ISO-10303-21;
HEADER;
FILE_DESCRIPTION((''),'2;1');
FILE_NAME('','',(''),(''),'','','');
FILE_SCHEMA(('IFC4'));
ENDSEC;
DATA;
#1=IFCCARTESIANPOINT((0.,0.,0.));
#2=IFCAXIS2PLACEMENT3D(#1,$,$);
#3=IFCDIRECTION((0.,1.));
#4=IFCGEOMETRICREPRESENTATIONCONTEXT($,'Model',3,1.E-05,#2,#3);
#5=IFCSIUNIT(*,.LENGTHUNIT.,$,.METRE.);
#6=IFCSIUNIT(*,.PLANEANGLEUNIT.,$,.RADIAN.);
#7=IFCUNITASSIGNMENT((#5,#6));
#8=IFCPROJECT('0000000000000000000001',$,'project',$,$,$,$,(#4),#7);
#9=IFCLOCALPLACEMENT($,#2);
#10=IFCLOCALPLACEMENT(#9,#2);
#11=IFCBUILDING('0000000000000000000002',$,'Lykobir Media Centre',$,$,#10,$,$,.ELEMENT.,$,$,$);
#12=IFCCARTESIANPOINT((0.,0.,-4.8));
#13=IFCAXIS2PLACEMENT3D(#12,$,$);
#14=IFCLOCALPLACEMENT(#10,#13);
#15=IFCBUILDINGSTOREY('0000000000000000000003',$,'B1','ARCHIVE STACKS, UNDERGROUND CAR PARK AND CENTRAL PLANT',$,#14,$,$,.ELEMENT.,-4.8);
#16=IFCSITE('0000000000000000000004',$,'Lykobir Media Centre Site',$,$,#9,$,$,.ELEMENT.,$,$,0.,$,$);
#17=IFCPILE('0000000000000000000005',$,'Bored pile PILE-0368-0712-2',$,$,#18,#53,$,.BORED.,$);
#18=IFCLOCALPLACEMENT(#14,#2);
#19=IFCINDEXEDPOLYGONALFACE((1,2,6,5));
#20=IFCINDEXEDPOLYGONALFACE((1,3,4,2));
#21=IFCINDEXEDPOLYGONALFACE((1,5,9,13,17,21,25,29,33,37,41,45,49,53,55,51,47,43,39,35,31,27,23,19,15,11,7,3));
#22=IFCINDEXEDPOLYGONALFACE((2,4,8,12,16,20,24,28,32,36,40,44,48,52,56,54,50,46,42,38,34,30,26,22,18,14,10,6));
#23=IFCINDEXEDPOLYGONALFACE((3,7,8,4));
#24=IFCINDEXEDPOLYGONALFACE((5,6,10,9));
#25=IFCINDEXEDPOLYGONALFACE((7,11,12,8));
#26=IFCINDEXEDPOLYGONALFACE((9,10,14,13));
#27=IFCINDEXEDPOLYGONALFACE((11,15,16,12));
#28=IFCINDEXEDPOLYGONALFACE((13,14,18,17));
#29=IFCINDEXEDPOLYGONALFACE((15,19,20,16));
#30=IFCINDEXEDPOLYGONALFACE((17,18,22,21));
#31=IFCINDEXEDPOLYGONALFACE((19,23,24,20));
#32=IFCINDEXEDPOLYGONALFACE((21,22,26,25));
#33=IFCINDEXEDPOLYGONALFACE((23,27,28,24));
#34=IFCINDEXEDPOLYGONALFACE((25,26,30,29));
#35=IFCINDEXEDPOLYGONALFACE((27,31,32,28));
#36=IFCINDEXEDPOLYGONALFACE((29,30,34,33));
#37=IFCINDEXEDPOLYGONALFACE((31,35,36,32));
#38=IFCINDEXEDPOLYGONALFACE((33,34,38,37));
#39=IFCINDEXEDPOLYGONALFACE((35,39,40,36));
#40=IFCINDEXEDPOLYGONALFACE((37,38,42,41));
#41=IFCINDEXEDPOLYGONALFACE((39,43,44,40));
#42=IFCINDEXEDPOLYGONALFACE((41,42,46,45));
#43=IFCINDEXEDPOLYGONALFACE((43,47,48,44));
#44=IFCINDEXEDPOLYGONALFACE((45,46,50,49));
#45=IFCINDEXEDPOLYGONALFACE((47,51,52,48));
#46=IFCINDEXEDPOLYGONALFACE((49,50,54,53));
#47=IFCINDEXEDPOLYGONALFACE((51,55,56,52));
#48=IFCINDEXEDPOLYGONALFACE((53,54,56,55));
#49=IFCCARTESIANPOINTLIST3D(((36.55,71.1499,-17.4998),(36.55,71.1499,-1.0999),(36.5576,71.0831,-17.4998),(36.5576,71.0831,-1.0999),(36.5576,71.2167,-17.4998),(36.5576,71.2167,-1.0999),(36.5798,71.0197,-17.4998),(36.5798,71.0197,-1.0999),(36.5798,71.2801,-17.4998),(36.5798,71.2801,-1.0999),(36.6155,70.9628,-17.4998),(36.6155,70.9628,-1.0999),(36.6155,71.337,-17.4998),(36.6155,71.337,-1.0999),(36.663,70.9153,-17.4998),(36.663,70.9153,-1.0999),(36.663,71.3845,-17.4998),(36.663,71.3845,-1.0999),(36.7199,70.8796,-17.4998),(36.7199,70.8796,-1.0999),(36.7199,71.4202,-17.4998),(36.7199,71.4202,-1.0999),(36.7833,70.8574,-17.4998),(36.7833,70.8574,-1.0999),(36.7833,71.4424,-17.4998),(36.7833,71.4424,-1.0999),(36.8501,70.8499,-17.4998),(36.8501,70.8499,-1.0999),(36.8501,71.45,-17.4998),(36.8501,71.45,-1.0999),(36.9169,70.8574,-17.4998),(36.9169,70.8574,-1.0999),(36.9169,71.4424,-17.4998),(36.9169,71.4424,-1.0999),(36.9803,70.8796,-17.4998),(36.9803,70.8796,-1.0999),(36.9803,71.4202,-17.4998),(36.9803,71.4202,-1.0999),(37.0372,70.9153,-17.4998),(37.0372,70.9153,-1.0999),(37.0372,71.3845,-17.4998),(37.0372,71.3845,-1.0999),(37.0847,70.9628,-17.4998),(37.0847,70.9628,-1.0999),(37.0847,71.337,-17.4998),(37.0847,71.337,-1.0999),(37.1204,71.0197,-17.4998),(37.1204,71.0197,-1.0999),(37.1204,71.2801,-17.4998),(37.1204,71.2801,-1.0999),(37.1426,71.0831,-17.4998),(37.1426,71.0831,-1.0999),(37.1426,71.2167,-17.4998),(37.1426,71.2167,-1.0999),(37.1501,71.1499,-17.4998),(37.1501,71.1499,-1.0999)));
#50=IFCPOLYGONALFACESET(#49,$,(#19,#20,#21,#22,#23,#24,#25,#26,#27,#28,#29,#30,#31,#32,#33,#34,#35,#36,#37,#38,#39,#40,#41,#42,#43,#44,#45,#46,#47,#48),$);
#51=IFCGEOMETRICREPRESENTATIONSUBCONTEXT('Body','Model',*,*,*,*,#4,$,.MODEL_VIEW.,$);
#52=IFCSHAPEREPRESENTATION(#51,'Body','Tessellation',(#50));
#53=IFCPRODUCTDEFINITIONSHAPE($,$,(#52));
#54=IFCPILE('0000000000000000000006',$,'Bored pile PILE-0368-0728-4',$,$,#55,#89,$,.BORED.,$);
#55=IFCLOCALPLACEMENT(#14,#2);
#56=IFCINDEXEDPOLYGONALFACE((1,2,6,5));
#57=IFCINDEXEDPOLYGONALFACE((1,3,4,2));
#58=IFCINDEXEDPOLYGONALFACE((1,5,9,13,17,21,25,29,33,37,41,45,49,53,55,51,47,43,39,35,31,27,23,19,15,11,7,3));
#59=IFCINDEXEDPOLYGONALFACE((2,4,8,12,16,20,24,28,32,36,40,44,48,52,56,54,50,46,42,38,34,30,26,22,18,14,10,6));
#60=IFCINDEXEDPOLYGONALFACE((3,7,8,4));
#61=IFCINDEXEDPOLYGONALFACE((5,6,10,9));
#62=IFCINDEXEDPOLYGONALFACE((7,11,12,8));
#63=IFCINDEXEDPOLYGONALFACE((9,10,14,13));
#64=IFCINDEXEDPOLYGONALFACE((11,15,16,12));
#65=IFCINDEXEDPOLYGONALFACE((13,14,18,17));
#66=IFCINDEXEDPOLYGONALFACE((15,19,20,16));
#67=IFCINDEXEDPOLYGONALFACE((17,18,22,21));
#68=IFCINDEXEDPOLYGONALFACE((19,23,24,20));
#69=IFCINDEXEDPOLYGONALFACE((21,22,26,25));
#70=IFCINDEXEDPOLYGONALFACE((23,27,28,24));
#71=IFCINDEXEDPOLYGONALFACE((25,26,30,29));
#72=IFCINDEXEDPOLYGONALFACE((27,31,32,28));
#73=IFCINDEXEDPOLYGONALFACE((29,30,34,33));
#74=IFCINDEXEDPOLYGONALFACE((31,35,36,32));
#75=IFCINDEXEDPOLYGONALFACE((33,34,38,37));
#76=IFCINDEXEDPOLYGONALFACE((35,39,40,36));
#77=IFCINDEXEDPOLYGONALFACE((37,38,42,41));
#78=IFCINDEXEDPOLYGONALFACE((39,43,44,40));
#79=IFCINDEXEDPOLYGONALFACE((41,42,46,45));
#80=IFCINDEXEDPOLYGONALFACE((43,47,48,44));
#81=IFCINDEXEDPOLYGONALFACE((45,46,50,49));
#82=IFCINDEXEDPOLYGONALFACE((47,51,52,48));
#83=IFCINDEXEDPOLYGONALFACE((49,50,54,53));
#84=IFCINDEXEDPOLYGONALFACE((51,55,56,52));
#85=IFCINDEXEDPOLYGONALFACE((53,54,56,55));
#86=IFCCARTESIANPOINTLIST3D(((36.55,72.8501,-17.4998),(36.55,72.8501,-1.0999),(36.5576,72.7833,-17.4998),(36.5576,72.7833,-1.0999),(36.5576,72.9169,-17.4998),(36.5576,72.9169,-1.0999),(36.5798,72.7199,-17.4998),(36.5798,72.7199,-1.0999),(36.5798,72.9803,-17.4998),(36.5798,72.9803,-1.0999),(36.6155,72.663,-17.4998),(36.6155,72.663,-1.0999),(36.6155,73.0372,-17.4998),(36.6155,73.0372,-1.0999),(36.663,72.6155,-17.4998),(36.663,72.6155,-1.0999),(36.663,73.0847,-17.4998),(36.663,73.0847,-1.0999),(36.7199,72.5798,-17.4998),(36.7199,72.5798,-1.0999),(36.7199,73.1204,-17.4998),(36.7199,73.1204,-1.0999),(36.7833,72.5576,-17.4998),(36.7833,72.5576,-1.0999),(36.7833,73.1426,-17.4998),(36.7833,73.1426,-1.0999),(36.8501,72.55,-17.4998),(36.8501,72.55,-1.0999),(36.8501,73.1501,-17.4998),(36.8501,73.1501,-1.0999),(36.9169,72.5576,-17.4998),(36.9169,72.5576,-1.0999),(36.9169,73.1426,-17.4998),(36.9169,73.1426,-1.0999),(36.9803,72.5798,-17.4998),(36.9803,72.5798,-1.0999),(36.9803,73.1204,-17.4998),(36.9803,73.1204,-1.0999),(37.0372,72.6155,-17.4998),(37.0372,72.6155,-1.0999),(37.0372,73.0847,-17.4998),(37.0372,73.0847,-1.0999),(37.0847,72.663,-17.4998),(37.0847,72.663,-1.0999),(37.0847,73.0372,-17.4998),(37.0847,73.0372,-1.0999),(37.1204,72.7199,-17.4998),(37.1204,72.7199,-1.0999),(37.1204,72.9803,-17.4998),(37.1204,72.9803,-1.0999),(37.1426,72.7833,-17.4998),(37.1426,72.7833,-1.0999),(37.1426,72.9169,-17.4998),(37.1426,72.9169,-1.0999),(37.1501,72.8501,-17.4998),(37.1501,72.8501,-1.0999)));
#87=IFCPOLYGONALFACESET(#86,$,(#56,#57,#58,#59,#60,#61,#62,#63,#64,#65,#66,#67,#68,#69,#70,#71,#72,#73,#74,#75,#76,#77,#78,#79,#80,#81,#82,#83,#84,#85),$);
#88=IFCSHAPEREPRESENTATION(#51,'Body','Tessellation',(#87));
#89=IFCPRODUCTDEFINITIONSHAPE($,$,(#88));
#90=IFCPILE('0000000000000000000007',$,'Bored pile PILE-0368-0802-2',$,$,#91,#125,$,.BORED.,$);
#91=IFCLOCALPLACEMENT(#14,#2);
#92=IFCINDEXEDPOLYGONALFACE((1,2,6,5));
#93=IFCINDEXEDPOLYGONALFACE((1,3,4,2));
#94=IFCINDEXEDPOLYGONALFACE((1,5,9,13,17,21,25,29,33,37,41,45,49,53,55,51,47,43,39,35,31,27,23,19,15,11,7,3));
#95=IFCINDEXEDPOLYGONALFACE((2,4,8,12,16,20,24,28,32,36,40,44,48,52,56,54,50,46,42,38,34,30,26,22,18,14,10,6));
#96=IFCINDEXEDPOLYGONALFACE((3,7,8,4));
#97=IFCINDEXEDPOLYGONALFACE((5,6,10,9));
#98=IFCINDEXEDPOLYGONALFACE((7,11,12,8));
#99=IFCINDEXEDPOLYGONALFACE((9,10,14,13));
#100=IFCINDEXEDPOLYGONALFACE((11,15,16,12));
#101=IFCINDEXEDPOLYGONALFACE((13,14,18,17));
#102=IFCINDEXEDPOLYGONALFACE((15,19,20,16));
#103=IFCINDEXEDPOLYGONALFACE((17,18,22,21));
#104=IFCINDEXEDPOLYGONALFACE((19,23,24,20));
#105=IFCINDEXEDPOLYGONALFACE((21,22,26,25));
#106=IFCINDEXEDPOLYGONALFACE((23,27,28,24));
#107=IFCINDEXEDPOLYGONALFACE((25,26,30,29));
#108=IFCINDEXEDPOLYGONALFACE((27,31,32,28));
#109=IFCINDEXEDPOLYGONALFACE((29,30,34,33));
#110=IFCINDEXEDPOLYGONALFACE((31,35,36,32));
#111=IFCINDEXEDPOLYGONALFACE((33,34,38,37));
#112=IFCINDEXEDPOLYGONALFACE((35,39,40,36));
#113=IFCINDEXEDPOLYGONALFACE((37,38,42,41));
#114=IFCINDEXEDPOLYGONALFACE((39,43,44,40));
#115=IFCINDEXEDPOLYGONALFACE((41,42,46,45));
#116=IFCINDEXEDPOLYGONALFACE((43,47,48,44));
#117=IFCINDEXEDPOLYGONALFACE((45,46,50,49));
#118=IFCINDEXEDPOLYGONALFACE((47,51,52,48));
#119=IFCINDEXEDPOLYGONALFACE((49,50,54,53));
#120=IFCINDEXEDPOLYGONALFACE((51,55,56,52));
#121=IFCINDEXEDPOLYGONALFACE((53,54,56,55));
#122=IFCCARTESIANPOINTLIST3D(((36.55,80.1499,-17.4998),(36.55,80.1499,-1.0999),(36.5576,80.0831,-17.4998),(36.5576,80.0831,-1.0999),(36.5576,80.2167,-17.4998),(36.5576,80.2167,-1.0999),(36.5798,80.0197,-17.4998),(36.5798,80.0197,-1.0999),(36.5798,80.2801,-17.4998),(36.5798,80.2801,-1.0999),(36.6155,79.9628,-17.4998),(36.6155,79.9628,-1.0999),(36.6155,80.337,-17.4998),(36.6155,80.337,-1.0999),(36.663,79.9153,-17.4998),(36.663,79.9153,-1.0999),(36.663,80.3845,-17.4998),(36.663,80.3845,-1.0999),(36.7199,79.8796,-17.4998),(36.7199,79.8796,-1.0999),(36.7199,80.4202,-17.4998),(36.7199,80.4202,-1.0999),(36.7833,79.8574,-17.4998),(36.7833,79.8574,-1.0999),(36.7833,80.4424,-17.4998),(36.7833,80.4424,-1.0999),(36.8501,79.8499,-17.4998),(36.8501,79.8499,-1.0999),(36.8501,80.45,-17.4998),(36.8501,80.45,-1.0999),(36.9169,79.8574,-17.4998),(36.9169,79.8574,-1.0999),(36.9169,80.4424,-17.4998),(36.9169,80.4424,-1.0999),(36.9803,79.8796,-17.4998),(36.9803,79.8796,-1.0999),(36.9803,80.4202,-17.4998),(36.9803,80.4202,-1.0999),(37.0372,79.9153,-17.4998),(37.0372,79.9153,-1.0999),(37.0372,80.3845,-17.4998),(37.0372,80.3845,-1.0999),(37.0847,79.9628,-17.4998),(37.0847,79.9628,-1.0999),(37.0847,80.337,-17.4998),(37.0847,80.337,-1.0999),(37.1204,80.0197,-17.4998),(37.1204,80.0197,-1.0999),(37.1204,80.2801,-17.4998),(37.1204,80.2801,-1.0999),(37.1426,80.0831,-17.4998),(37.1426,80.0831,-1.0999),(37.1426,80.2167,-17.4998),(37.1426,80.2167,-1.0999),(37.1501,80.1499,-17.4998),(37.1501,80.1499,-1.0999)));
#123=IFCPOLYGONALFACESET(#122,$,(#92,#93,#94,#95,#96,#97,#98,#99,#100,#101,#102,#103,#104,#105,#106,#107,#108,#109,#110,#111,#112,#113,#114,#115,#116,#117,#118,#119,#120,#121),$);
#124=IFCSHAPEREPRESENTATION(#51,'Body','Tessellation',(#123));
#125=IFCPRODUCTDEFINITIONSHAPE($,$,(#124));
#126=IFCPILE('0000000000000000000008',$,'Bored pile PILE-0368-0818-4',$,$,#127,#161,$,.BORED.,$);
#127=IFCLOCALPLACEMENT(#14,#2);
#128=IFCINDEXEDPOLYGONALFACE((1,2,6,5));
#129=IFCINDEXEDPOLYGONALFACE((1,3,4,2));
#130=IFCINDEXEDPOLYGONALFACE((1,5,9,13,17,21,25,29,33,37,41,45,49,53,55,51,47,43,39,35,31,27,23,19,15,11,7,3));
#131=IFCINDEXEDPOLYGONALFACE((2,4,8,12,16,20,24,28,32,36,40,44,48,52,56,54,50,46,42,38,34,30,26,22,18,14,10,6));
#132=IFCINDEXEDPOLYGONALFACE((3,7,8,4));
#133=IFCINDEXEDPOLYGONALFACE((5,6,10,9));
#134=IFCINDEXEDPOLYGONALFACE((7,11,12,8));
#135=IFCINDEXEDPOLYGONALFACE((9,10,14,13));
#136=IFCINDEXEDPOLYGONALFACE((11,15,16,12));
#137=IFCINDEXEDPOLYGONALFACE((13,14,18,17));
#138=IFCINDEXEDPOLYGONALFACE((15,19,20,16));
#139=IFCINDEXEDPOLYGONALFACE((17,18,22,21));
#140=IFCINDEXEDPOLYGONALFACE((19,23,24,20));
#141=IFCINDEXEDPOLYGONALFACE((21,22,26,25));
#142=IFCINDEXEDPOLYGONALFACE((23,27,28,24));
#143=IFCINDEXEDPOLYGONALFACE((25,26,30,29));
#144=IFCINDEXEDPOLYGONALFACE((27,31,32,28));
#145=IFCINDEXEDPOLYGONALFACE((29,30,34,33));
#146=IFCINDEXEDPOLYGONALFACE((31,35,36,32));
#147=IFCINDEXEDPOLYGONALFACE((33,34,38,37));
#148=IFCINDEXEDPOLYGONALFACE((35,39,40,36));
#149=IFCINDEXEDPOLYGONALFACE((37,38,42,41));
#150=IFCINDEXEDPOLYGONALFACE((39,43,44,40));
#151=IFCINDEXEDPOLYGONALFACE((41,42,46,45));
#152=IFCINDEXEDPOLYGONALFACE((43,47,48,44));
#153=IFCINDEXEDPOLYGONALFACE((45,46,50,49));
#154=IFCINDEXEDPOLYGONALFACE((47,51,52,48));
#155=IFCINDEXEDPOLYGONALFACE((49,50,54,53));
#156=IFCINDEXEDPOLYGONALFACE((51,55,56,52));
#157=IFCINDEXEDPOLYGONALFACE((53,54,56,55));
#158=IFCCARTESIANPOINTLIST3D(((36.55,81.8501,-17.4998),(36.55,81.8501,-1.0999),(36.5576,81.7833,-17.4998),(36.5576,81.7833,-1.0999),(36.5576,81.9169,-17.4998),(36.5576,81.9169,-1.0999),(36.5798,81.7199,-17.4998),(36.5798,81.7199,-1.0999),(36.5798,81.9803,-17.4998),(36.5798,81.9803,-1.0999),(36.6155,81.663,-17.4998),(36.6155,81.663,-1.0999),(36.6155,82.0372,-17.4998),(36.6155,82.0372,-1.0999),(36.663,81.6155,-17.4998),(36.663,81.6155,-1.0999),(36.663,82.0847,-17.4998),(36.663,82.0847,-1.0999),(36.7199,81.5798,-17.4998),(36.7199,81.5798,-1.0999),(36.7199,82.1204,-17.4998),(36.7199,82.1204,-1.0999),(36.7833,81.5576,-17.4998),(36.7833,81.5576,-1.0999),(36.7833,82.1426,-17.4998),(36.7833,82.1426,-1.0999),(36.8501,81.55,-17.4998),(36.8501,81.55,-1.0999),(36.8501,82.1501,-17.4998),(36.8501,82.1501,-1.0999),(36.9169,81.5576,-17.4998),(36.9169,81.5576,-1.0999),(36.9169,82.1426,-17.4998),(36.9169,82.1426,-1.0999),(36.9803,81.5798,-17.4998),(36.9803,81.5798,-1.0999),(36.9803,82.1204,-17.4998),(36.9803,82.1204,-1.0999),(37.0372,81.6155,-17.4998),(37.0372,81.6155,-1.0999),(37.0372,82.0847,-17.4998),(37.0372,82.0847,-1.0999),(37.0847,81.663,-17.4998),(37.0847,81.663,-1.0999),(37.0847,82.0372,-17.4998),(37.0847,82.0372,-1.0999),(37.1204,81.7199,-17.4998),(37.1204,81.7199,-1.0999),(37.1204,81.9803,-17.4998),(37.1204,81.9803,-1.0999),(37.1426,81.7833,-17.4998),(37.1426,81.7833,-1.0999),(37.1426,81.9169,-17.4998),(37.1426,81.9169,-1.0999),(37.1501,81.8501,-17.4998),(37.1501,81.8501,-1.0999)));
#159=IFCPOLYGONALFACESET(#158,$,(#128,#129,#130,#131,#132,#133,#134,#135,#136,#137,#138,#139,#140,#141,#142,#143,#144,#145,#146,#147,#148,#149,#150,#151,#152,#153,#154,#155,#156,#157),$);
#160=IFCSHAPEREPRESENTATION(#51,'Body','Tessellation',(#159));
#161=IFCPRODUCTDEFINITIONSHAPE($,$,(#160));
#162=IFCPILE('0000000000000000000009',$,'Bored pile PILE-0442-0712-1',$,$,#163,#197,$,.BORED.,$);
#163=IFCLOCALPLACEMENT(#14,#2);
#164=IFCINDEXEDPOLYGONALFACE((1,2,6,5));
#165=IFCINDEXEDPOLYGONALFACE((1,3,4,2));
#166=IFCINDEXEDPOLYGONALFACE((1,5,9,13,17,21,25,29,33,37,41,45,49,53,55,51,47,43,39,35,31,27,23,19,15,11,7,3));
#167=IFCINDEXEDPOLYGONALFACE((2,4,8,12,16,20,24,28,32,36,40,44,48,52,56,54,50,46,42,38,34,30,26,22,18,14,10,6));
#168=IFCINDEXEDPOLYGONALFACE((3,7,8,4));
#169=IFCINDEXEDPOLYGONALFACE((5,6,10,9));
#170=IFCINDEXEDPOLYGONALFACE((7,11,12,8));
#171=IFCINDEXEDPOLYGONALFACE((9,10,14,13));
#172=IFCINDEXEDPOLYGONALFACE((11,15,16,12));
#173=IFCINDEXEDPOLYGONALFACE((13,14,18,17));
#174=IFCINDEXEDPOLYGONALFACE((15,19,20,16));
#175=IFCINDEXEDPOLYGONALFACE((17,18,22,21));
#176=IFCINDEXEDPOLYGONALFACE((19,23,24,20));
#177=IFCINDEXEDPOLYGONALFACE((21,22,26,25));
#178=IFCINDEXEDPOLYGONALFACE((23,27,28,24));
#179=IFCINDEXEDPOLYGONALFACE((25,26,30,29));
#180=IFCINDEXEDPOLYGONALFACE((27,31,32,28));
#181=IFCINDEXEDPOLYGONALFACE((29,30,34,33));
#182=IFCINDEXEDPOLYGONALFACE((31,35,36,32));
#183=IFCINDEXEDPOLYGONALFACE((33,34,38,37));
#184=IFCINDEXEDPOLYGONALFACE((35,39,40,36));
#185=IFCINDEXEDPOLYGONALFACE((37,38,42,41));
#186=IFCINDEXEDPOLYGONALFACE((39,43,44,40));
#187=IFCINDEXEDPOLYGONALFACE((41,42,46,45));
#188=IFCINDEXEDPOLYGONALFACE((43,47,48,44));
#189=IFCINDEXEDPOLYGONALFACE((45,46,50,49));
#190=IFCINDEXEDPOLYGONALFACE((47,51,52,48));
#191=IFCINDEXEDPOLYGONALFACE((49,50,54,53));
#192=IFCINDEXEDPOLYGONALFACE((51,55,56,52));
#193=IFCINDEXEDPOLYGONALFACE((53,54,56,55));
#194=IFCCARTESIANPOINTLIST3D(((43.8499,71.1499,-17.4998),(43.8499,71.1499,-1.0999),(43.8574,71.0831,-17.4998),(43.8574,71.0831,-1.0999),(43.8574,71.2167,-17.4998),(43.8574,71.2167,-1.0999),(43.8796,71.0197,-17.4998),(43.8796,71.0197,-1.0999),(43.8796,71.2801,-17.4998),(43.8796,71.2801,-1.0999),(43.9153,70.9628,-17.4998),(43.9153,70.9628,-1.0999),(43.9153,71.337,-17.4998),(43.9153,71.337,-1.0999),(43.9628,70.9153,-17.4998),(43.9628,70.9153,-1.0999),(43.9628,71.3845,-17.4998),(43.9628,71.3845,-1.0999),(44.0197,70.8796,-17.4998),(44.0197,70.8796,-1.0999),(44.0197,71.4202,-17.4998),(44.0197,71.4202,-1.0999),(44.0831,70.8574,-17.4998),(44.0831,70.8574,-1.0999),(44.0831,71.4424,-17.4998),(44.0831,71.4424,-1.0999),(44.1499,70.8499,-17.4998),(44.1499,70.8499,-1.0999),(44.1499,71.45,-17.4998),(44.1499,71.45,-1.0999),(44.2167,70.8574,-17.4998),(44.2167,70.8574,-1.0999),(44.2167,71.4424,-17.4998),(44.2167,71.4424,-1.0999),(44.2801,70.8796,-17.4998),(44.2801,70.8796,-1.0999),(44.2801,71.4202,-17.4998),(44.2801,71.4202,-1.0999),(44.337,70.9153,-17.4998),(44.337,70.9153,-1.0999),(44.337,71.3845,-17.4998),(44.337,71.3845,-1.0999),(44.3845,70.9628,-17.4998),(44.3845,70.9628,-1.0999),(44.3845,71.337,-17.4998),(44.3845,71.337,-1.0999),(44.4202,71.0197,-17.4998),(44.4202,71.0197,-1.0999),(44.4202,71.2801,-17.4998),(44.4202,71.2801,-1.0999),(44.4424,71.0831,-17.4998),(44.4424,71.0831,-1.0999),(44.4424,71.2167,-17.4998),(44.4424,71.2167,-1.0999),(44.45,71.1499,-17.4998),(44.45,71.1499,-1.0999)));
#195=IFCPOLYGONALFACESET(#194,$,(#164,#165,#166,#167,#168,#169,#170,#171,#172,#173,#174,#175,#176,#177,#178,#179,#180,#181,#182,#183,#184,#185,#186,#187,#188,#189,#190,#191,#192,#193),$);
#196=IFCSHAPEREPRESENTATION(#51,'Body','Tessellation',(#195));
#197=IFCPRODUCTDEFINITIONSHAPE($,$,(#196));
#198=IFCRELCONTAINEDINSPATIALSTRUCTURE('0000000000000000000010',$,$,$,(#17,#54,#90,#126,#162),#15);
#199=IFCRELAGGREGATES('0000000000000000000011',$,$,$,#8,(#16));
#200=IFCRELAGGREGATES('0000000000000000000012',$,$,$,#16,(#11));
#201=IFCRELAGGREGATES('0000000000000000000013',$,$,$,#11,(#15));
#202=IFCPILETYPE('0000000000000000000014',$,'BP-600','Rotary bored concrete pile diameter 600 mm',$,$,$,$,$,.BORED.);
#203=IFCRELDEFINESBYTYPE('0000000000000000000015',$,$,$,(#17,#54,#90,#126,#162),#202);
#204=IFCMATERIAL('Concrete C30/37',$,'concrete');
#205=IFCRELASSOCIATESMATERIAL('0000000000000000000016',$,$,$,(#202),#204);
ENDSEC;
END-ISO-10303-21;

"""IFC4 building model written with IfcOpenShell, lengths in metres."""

from ifc_helpers import new_model, si_unit, direction, frame, origin, origin_2d, place, context, subcontext, project, spatial, circle, extrude, material, material_profile, profile_set, type_object, element, save


model = new_model("IFC4")

# Units and contexts
model_context = context("Model", 3, precision=1e-05, world=origin(), true_north=direction((0.0, 1.0)))
body_context = subcontext(model_context, "Body", "Model", "MODEL_VIEW")
ifc_project = project(units=[si_unit("LENGTHUNIT", "METRE"), si_unit("PLANEANGLEUNIT", "RADIAN")], contexts=[model_context])

# Site, building, storey
site_placement = place(None, origin())
site = spatial("IfcSite", under=ifc_project, at=site_placement, Name="Lykobir Media Centre Site", CompositionType="ELEMENT", RefElevation=0.0)
building_placement = place(site_placement, origin())
building = spatial("IfcBuilding", under=site, at=building_placement, Name="Lykobir Media Centre", CompositionType="ELEMENT")
storey_placement = place(building_placement, frame((0.0, 0.0, -4.8)))
storey = spatial("IfcBuildingStorey", under=building, at=storey_placement, Name="B1", Description="ARCHIVE STACKS, UNDERGROUND CAR PARK AND CENTRAL PLANT", CompositionType="ELEMENT", Elevation=-4.8)

# Piles
ifc_material_1 = material(Name="Concrete C30/37", Category="concrete")
ifc_material_profile_1 = material_profile(ifc_material_1, circle(Radius=0.3, at=origin_2d()), Name="BORED PILE D600")
ifc_profile_set_1 = profile_set([ifc_material_profile_1], Name="Concrete C30/37")
pile_type = type_object("IfcPileType", Name="BP-600", Description="Rotary bored concrete pile diameter 600 mm", PredefinedType="BORED", material=ifc_profile_set_1)
for number, where, z_axis, x_axis, name in (
    (1, (36.8501, 71.1499, -1.0999), (0.0, 0.0, -1.0), (1.0, 0.0, 0.0), "Bored pile PILE-0368-0712-2"),
    (2, (36.8501, 72.8501, -1.0999), (0.0, 0.0, -1.0), (1.0, 0.0, 0.0), "Bored pile PILE-0368-0728-4"),
    (3, (36.8501, 80.1499, -1.0999), (0.0, 0.0, -1.0), (1.0, 0.0, 0.0), "Bored pile PILE-0368-0802-2"),
    (4, (36.8501, 81.8501, -1.0999), (0.0, 0.0, -1.0), (1.0, 0.0, 0.0), "Bored pile PILE-0368-0818-4"),
    (5, (44.1499, 71.1499, -1.0999), (0.0, 0.0, -1.0), (1.0, 0.0, 0.0), "Bored pile PILE-0442-0712-1"),
):
    element("IfcPile", number, at=place(storey_placement, frame(where, z_axis=z_axis, x_axis=x_axis)), inside=storey, type_object=pile_type, Name=name, PredefinedType="BORED", context=body_context, shape_type="SweptSolid", body=[
        extrude(circle(Radius=0.3, at=origin_2d()), origin(), (0.0, 0.0, 1.0), 16.3999),
    ])

save(model, "model.ifc")
